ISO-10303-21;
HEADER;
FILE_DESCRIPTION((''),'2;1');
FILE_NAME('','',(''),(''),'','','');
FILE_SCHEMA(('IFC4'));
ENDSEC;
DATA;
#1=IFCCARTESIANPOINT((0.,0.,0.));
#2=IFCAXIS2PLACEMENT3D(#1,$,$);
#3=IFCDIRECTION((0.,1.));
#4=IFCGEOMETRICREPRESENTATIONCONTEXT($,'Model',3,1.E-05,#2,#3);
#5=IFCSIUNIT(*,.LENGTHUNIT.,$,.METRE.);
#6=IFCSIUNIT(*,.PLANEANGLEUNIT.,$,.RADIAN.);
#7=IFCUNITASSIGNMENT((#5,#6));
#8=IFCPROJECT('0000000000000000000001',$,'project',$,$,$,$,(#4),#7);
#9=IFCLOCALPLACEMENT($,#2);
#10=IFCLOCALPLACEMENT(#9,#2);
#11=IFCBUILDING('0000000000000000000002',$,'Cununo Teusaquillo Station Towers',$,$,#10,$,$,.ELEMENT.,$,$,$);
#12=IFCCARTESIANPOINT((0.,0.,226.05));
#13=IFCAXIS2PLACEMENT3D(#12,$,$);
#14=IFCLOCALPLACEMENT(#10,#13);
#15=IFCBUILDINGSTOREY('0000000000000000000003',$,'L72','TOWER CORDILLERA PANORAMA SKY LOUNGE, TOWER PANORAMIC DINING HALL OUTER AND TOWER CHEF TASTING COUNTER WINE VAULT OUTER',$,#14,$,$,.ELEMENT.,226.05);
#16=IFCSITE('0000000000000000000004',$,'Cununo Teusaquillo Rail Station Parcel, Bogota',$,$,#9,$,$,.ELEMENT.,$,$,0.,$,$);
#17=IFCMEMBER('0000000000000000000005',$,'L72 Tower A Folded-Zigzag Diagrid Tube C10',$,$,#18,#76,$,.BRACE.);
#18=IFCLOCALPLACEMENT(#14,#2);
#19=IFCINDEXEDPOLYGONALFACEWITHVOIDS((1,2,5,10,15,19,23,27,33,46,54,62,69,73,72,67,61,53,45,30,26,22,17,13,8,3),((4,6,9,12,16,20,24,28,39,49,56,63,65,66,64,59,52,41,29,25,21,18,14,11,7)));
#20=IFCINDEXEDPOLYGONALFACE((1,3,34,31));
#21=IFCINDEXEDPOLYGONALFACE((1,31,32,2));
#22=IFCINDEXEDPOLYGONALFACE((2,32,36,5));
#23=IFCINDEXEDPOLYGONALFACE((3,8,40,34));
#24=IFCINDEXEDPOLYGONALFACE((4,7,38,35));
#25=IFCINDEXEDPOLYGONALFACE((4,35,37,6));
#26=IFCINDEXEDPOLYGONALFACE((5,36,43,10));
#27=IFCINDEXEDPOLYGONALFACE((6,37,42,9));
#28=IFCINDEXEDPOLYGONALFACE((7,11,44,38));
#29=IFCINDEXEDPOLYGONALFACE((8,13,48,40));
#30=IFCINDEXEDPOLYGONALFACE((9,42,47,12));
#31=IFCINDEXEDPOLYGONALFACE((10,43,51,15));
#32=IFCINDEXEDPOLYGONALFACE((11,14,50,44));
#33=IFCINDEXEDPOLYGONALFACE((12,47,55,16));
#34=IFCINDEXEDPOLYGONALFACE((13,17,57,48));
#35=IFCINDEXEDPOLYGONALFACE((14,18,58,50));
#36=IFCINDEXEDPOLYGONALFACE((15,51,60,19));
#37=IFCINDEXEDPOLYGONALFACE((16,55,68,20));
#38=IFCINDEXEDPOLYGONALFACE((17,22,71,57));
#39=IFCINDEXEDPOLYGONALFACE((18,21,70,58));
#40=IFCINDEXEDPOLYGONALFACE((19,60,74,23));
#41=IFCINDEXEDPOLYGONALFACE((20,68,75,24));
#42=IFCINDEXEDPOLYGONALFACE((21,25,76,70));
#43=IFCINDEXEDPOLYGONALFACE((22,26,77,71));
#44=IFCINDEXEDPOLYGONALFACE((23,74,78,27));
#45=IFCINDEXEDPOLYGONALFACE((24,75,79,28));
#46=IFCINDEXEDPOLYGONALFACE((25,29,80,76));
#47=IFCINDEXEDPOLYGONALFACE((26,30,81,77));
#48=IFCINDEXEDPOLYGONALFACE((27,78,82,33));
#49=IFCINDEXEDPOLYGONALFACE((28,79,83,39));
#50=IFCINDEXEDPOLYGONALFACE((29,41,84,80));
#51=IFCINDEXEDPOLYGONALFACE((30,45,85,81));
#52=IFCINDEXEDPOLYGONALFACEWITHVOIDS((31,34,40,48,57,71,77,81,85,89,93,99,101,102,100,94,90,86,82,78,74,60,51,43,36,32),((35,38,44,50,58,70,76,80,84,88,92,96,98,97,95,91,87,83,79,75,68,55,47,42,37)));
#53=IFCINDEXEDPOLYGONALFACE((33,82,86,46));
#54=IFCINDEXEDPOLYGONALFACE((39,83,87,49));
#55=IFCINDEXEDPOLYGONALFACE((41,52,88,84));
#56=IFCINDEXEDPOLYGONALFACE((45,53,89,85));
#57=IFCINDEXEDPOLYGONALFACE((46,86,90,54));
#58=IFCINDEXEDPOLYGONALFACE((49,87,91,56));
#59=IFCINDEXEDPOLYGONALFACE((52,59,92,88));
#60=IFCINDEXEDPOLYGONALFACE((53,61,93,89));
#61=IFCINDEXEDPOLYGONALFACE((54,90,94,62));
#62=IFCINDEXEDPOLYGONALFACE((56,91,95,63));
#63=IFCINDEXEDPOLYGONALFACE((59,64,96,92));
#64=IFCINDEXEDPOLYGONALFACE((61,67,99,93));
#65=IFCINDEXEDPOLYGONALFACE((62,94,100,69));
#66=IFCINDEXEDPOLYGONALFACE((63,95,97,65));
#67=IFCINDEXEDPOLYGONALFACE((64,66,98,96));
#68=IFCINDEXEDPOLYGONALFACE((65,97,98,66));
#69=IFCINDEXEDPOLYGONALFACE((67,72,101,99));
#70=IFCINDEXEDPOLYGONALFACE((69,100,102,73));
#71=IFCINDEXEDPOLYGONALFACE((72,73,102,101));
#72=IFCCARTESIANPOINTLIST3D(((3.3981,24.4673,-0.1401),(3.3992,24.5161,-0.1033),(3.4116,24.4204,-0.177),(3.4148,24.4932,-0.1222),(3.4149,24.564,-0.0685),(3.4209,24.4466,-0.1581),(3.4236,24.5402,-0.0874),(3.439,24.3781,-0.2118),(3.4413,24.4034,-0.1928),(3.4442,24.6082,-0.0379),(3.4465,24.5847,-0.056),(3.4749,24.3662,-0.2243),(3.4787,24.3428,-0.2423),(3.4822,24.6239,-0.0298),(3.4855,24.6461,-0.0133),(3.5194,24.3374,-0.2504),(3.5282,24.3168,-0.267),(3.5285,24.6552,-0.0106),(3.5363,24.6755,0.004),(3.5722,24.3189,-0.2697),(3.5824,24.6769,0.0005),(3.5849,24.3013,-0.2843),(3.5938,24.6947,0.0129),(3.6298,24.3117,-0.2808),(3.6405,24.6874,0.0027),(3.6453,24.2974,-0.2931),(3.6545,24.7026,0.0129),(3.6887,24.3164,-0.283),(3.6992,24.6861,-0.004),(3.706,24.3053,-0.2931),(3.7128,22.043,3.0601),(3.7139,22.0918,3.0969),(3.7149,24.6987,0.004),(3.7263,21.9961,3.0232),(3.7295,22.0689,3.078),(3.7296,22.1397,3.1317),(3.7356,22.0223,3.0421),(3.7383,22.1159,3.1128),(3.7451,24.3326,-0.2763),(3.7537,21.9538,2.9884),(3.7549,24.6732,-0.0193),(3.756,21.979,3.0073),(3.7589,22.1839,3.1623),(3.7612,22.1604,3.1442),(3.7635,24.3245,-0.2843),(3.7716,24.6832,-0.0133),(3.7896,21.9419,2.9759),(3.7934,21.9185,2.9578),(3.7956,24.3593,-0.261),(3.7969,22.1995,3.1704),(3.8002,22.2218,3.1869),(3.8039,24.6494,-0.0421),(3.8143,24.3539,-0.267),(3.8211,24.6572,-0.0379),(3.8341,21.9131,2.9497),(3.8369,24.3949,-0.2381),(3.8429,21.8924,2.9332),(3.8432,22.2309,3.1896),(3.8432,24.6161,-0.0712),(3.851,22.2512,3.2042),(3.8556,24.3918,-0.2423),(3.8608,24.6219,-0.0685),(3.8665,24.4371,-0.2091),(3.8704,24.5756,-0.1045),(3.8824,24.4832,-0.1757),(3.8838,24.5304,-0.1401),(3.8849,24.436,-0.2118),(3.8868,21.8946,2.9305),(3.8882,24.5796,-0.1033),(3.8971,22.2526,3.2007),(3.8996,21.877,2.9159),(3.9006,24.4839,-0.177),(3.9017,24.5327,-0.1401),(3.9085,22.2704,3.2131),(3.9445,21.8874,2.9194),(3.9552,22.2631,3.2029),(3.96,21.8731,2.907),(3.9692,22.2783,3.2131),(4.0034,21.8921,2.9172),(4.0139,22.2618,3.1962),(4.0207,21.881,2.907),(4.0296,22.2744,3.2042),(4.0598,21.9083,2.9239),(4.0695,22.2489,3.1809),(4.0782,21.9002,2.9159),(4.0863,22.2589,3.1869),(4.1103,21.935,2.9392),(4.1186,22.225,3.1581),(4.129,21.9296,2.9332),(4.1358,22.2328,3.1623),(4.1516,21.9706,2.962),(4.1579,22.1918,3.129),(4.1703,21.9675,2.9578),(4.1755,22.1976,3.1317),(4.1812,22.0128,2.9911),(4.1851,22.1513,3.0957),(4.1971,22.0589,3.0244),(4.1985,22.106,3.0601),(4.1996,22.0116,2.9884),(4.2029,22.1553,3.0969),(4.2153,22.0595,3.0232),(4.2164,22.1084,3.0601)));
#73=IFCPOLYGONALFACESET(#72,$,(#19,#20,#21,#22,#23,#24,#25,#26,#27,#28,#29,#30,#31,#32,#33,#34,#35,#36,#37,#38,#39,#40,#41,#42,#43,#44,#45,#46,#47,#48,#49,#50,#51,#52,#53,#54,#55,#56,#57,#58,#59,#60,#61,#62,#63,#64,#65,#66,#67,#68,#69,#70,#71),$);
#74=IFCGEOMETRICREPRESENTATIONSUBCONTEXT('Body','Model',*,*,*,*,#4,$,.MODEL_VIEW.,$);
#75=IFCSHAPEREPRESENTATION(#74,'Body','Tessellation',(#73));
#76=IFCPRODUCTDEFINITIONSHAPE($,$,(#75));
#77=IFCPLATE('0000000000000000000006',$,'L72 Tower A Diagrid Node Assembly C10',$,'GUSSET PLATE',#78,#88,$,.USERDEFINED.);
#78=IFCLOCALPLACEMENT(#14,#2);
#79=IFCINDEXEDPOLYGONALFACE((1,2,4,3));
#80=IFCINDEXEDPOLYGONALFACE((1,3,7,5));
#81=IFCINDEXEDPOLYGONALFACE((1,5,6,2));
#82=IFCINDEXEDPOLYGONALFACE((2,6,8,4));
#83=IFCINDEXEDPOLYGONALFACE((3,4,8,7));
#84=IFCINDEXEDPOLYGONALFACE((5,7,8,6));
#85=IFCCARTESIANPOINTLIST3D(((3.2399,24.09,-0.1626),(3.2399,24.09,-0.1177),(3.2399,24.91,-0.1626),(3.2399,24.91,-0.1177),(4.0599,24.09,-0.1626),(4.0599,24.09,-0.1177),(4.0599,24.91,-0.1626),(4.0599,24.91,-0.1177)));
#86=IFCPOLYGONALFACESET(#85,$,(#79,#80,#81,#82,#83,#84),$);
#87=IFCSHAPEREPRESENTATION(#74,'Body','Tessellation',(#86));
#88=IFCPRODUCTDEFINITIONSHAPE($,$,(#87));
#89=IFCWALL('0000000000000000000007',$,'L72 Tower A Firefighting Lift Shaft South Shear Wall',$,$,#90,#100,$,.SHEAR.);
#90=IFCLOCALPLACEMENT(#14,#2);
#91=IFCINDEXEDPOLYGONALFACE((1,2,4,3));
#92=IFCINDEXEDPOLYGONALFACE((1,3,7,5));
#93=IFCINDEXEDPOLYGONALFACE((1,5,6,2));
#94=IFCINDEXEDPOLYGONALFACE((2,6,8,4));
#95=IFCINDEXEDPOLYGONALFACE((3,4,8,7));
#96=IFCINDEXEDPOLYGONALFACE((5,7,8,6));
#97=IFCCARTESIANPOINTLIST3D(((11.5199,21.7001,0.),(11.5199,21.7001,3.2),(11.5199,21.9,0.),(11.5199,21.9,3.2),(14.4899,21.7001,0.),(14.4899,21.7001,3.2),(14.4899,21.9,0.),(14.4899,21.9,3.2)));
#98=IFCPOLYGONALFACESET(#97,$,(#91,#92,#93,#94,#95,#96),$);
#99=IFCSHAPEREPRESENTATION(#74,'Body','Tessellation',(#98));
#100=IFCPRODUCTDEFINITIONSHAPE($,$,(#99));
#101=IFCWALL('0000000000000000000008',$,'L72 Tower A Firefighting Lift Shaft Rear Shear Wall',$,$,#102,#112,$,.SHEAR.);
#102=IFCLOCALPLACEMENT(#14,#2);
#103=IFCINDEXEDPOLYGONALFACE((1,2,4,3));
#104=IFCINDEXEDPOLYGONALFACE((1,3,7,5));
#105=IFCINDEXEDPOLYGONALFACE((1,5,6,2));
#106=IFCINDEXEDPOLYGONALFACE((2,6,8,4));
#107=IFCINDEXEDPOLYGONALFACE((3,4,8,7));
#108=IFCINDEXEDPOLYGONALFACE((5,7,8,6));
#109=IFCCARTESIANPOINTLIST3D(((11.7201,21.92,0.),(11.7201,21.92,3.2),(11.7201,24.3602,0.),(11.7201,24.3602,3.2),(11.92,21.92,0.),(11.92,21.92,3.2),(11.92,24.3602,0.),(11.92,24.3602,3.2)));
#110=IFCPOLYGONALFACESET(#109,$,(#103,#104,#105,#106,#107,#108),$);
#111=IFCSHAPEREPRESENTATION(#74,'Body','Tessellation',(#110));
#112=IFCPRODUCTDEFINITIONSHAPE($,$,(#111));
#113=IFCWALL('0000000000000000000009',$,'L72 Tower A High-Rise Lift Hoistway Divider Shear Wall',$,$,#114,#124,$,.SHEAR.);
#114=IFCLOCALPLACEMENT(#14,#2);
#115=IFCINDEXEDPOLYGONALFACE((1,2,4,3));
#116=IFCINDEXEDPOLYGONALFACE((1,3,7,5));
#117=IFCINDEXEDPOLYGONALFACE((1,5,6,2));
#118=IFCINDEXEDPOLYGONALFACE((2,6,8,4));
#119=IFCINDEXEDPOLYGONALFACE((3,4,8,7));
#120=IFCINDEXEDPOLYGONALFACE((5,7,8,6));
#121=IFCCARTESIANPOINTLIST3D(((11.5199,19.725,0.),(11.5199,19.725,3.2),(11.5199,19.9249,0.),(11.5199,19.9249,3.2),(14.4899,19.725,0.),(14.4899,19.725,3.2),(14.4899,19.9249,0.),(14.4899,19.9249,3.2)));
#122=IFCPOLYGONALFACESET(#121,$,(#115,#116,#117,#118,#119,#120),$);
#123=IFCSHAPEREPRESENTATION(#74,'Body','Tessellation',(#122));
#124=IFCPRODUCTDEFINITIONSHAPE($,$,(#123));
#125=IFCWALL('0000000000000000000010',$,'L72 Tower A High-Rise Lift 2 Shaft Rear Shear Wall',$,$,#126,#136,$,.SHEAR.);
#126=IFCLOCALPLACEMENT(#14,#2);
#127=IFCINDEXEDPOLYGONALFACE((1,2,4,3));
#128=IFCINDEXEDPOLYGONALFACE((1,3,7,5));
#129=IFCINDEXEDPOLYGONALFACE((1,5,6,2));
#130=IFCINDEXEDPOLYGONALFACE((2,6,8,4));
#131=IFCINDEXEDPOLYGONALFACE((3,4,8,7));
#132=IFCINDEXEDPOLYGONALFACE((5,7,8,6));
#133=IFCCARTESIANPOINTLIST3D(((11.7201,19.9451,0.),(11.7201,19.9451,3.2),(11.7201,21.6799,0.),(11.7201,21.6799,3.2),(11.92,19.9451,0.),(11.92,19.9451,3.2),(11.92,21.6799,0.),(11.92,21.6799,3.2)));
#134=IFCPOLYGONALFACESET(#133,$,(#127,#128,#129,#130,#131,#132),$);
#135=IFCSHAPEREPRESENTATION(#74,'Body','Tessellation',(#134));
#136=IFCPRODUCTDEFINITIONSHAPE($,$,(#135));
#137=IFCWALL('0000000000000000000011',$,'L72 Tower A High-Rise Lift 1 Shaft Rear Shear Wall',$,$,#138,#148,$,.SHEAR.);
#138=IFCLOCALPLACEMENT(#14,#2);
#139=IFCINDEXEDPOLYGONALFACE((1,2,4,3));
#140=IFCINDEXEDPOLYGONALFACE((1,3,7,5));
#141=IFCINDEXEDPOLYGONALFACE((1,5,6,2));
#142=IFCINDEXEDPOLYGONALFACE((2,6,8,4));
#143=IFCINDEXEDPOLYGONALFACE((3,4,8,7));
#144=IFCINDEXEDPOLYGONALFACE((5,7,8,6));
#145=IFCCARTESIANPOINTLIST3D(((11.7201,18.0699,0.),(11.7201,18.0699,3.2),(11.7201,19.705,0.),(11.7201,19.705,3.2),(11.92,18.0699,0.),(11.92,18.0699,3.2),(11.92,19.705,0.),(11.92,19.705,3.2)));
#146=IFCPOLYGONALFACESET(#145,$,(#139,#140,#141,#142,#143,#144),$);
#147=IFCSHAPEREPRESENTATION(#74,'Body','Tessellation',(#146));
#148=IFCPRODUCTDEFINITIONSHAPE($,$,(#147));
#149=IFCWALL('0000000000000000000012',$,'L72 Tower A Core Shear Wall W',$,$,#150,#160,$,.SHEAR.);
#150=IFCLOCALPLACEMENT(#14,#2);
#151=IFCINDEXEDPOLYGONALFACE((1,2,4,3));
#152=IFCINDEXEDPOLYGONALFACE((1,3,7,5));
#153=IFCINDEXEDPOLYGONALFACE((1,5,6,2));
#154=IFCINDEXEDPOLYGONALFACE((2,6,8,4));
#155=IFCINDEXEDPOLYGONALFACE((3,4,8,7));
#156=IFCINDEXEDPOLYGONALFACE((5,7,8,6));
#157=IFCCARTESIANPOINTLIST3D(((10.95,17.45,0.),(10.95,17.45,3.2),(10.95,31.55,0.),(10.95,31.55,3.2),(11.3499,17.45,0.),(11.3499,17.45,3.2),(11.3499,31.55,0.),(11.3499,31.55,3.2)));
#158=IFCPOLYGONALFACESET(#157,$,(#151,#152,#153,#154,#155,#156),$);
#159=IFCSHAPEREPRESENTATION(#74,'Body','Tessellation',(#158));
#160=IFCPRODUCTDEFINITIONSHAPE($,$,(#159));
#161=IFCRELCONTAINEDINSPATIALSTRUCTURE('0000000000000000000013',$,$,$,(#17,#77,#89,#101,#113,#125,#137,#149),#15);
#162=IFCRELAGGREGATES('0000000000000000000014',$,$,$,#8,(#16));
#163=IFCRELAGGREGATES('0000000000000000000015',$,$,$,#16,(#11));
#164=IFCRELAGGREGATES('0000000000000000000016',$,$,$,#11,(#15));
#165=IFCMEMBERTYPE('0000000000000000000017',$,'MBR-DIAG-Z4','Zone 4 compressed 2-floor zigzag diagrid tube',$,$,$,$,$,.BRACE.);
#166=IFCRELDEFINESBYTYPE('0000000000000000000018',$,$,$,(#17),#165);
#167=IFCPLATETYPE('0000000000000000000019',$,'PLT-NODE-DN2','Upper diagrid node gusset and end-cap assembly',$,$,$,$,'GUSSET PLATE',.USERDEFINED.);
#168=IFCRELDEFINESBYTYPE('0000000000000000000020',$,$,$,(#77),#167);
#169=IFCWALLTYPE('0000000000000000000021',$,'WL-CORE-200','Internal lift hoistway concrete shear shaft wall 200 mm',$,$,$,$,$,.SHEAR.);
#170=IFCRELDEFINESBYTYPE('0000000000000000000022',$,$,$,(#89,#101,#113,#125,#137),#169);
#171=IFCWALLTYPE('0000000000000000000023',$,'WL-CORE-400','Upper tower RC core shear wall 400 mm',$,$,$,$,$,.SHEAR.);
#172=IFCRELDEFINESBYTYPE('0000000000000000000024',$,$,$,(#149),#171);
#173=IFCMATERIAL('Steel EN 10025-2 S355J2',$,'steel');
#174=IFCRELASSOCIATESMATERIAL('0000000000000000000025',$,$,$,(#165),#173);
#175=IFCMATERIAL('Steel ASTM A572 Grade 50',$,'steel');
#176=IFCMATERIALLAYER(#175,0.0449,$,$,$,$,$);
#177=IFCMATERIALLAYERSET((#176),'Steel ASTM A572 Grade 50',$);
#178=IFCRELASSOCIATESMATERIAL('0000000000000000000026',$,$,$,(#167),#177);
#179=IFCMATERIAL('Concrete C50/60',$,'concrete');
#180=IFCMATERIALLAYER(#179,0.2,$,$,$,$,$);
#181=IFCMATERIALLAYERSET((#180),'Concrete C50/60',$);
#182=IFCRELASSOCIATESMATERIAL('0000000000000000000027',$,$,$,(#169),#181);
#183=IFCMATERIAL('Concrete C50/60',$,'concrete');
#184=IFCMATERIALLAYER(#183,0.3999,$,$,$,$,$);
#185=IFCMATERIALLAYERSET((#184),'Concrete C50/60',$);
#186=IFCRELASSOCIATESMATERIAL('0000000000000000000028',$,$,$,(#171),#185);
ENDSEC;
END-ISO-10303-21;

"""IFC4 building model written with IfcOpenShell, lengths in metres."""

from ifc_helpers import new_model, si_unit, direction, frame, frame_2d, origin, origin_2d, place, context, subcontext, project, spatial, rectangle, hollow_circle, extrude, source, transform, mapped, material, layer, layer_set, material_profile, profile_set, type_object, element, save


model = new_model("IFC4")

# Units and contexts
model_context = context("Model", 3, precision=1e-05, world=origin(), true_north=direction((0.0, 1.0)))
body_context = subcontext(model_context, "Body", "Model", "MODEL_VIEW")
ifc_project = project(units=[si_unit("LENGTHUNIT", "METRE"), si_unit("PLANEANGLEUNIT", "RADIAN")], contexts=[model_context])

# Site, building, storey
site_placement = place(None, origin())
site = spatial("IfcSite", under=ifc_project, at=site_placement, Name="Cununo Teusaquillo Rail Station Parcel, Bogota", CompositionType="ELEMENT", RefElevation=0.0)
building_placement = place(site_placement, origin())
building = spatial("IfcBuilding", under=site, at=building_placement, Name="Cununo Teusaquillo Station Towers", CompositionType="ELEMENT")
storey_placement = place(building_placement, frame((0.0, 0.0, 226.05)))
storey = spatial("IfcBuildingStorey", under=building, at=storey_placement, Name="L72", Description="TOWER CORDILLERA PANORAMA SKY LOUNGE, TOWER PANORAMIC DINING HALL OUTER AND TOWER CHEF TASTING COUNTER WINE VAULT OUTER", CompositionType="ELEMENT", Elevation=226.05)

# Member
ifc_material_1 = material(Name="Steel EN 10025-2 S355J2", Category="steel")
ifc_material_profile_1 = material_profile(ifc_material_1, hollow_circle(Radius=0.2539, WallThickness=0.0181, at=origin_2d()), Name="CHS 508x18")
ifc_profile_set_1 = profile_set([ifc_material_profile_1], Name="Steel EN 10025-2 S355J2")
member_type = type_object("IfcMemberType", Name="MBR-DIAG-Z4", Description="Zone 4 compressed 2-floor zigzag diagrid tube", PredefinedType="BRACE", material=ifc_profile_set_1)
member_placement = place(storey_placement, frame((3.6499, 24.5, -0.1401), z_axis=(0.078145, -0.601999, 0.794664), x_axis=(0.99168, 0.128729, 0.0)))
element("IfcMember", 1, at=member_placement, inside=storey, type_object=member_type, Name="L72 Tower A Folded-Zigzag Diagrid Tube C10", PredefinedType="BRACE", context=body_context, shape_type="SweptSolid", body=[
    extrude(hollow_circle(Radius=0.2539, WallThickness=0.0181, at=origin_2d()), origin(), (0.0, 0.0, 1.0), 4.0271),
])

# Plate
ifc_material_2 = material(Name="Steel ASTM A572 Grade 50", Category="steel")
ifc_layer_1 = layer(ifc_material_2, 0.0449)
ifc_layer_set_1 = layer_set([ifc_layer_1], Name="Steel ASTM A572 Grade 50")
plate_type = type_object("IfcPlateType", Name="PLT-NODE-DN2", Description="Upper diagrid node gusset and end-cap assembly", ElementType="GUSSET PLATE", PredefinedType="USERDEFINED", material=ifc_layer_set_1)
shared_shape_1 = source(origin(), body_context, "Body", "SweptSolid", [
    extrude(rectangle(XDim=0.8201, YDim=0.8201, at=origin_2d()), origin(), (0.0, 0.0, 1.0), 0.0449),
])
plate_placement = place(storey_placement, frame((3.6499, 24.5, -0.1626), z_axis=(0.0, 0.0, 1.0), x_axis=(1.0, 0.0, 0.0)))
element("IfcPlate", 2, at=plate_placement, inside=storey, type_object=plate_type, Name="L72 Tower A Diagrid Node Assembly C10", ObjectType="GUSSET PLATE", PredefinedType="USERDEFINED", context=body_context, shape_type="MappedRepresentation", body=[
    mapped(shared_shape_1, transform((0.0, 0.0, 0.0), x_axis=(1.0, 0.0, 0.0), y_axis=(0.0, 1.0, 0.0), z_axis=(0.0, 0.0, 1.0), scale=1.0)),
])

# Walls
ifc_material_3 = material(Name="Concrete C50/60", Category="concrete")
ifc_layer_2 = layer(ifc_material_3, 0.2)
ifc_layer_set_2 = layer_set([ifc_layer_2], Name="Concrete C50/60")
wall_type_1 = type_object("IfcWallType", Name="WL-CORE-200", Description="Internal lift hoistway concrete shear shaft wall 200 mm", PredefinedType="SHEAR", material=ifc_layer_set_2)
wall_1_placement = place(storey_placement, frame((11.52, 21.8, 0.0), z_axis=(0.0, 0.0, 1.0), x_axis=(1.0, 0.0, 0.0)))
element("IfcWall", 3, at=wall_1_placement, inside=storey, type_object=wall_type_1, Name="L72 Tower A Firefighting Lift Shaft South Shear Wall", PredefinedType="SHEAR", context=body_context, shape_type="SweptSolid", body=[
    extrude(rectangle(XDim=2.97, YDim=0.2, at=frame_2d((1.4849, 0.0))), origin(), (0.0, 0.0, 1.0), 3.2),
])
wall_2_placement = place(storey_placement, frame((11.8201, 21.9199, 0.0), z_axis=(0.0, 0.0, 1.0), x_axis=(0.0, 1.0, 0.0)))
element("IfcWall", 4, at=wall_2_placement, inside=storey, type_object=wall_type_1, Name="L72 Tower A Firefighting Lift Shaft Rear Shear Wall", PredefinedType="SHEAR", context=body_context, shape_type="SweptSolid", body=[
    extrude(rectangle(XDim=2.4402, YDim=0.2, at=frame_2d((1.2202, 0.0))), origin(), (0.0, 0.0, 1.0), 3.2),
])
wall_3_placement = place(storey_placement, frame((11.52, 19.825, 0.0), z_axis=(0.0, 0.0, 1.0), x_axis=(1.0, 0.0, 0.0)))
element("IfcWall", 5, at=wall_3_placement, inside=storey, type_object=wall_type_1, Name="L72 Tower A High-Rise Lift Hoistway Divider Shear Wall", PredefinedType="SHEAR", context=body_context, shape_type="SweptSolid", body=[
    extrude(rectangle(XDim=2.97, YDim=0.2, at=frame_2d((1.4849, 0.0))), origin(), (0.0, 0.0, 1.0), 3.2),
])
wall_4_placement = place(storey_placement, frame((11.8201, 19.9451, 0.0), z_axis=(0.0, 0.0, 1.0), x_axis=(0.0, 1.0, 0.0)))
element("IfcWall", 6, at=wall_4_placement, inside=storey, type_object=wall_type_1, Name="L72 Tower A High-Rise Lift 2 Shaft Rear Shear Wall", PredefinedType="SHEAR", context=body_context, shape_type="SweptSolid", body=[
    extrude(rectangle(XDim=1.7349, YDim=0.2, at=frame_2d((0.8674, 0.0))), origin(), (0.0, 0.0, 1.0), 3.2),
])
wall_5_placement = place(storey_placement, frame((11.8201, 18.0701, 0.0), z_axis=(0.0, 0.0, 1.0), x_axis=(0.0, 1.0, 0.0)))
element("IfcWall", 7, at=wall_5_placement, inside=storey, type_object=wall_type_1, Name="L72 Tower A High-Rise Lift 1 Shaft Rear Shear Wall", PredefinedType="SHEAR", context=body_context, shape_type="SweptSolid", body=[
    extrude(rectangle(XDim=1.635, YDim=0.2, at=frame_2d((0.8174, 0.0))), origin(), (0.0, 0.0, 1.0), 3.2),
])
ifc_material_4 = material(Name="Concrete C50/60", Category="concrete")
ifc_layer_3 = layer(ifc_material_4, 0.3999)
ifc_layer_set_3 = layer_set([ifc_layer_3], Name="Concrete C50/60")
wall_type_2 = type_object("IfcWallType", Name="WL-CORE-400", Description="Upper tower RC core shear wall 400 mm", PredefinedType="SHEAR", material=ifc_layer_set_3)
wall_6_placement = place(storey_placement, frame((11.1499, 17.45, 0.0), z_axis=(0.0, 0.0, 1.0), x_axis=(0.0, 1.0, 0.0)))
element("IfcWall", 8, at=wall_6_placement, inside=storey, type_object=wall_type_2, Name="L72 Tower A Core Shear Wall W", PredefinedType="SHEAR", context=body_context, shape_type="SweptSolid", body=[
    extrude(rectangle(XDim=14.1001, YDim=0.3999, at=frame_2d((7.05, 0.0))), origin(), (0.0, 0.0, 1.0), 3.2),
])

save(model, "model.ifc")
